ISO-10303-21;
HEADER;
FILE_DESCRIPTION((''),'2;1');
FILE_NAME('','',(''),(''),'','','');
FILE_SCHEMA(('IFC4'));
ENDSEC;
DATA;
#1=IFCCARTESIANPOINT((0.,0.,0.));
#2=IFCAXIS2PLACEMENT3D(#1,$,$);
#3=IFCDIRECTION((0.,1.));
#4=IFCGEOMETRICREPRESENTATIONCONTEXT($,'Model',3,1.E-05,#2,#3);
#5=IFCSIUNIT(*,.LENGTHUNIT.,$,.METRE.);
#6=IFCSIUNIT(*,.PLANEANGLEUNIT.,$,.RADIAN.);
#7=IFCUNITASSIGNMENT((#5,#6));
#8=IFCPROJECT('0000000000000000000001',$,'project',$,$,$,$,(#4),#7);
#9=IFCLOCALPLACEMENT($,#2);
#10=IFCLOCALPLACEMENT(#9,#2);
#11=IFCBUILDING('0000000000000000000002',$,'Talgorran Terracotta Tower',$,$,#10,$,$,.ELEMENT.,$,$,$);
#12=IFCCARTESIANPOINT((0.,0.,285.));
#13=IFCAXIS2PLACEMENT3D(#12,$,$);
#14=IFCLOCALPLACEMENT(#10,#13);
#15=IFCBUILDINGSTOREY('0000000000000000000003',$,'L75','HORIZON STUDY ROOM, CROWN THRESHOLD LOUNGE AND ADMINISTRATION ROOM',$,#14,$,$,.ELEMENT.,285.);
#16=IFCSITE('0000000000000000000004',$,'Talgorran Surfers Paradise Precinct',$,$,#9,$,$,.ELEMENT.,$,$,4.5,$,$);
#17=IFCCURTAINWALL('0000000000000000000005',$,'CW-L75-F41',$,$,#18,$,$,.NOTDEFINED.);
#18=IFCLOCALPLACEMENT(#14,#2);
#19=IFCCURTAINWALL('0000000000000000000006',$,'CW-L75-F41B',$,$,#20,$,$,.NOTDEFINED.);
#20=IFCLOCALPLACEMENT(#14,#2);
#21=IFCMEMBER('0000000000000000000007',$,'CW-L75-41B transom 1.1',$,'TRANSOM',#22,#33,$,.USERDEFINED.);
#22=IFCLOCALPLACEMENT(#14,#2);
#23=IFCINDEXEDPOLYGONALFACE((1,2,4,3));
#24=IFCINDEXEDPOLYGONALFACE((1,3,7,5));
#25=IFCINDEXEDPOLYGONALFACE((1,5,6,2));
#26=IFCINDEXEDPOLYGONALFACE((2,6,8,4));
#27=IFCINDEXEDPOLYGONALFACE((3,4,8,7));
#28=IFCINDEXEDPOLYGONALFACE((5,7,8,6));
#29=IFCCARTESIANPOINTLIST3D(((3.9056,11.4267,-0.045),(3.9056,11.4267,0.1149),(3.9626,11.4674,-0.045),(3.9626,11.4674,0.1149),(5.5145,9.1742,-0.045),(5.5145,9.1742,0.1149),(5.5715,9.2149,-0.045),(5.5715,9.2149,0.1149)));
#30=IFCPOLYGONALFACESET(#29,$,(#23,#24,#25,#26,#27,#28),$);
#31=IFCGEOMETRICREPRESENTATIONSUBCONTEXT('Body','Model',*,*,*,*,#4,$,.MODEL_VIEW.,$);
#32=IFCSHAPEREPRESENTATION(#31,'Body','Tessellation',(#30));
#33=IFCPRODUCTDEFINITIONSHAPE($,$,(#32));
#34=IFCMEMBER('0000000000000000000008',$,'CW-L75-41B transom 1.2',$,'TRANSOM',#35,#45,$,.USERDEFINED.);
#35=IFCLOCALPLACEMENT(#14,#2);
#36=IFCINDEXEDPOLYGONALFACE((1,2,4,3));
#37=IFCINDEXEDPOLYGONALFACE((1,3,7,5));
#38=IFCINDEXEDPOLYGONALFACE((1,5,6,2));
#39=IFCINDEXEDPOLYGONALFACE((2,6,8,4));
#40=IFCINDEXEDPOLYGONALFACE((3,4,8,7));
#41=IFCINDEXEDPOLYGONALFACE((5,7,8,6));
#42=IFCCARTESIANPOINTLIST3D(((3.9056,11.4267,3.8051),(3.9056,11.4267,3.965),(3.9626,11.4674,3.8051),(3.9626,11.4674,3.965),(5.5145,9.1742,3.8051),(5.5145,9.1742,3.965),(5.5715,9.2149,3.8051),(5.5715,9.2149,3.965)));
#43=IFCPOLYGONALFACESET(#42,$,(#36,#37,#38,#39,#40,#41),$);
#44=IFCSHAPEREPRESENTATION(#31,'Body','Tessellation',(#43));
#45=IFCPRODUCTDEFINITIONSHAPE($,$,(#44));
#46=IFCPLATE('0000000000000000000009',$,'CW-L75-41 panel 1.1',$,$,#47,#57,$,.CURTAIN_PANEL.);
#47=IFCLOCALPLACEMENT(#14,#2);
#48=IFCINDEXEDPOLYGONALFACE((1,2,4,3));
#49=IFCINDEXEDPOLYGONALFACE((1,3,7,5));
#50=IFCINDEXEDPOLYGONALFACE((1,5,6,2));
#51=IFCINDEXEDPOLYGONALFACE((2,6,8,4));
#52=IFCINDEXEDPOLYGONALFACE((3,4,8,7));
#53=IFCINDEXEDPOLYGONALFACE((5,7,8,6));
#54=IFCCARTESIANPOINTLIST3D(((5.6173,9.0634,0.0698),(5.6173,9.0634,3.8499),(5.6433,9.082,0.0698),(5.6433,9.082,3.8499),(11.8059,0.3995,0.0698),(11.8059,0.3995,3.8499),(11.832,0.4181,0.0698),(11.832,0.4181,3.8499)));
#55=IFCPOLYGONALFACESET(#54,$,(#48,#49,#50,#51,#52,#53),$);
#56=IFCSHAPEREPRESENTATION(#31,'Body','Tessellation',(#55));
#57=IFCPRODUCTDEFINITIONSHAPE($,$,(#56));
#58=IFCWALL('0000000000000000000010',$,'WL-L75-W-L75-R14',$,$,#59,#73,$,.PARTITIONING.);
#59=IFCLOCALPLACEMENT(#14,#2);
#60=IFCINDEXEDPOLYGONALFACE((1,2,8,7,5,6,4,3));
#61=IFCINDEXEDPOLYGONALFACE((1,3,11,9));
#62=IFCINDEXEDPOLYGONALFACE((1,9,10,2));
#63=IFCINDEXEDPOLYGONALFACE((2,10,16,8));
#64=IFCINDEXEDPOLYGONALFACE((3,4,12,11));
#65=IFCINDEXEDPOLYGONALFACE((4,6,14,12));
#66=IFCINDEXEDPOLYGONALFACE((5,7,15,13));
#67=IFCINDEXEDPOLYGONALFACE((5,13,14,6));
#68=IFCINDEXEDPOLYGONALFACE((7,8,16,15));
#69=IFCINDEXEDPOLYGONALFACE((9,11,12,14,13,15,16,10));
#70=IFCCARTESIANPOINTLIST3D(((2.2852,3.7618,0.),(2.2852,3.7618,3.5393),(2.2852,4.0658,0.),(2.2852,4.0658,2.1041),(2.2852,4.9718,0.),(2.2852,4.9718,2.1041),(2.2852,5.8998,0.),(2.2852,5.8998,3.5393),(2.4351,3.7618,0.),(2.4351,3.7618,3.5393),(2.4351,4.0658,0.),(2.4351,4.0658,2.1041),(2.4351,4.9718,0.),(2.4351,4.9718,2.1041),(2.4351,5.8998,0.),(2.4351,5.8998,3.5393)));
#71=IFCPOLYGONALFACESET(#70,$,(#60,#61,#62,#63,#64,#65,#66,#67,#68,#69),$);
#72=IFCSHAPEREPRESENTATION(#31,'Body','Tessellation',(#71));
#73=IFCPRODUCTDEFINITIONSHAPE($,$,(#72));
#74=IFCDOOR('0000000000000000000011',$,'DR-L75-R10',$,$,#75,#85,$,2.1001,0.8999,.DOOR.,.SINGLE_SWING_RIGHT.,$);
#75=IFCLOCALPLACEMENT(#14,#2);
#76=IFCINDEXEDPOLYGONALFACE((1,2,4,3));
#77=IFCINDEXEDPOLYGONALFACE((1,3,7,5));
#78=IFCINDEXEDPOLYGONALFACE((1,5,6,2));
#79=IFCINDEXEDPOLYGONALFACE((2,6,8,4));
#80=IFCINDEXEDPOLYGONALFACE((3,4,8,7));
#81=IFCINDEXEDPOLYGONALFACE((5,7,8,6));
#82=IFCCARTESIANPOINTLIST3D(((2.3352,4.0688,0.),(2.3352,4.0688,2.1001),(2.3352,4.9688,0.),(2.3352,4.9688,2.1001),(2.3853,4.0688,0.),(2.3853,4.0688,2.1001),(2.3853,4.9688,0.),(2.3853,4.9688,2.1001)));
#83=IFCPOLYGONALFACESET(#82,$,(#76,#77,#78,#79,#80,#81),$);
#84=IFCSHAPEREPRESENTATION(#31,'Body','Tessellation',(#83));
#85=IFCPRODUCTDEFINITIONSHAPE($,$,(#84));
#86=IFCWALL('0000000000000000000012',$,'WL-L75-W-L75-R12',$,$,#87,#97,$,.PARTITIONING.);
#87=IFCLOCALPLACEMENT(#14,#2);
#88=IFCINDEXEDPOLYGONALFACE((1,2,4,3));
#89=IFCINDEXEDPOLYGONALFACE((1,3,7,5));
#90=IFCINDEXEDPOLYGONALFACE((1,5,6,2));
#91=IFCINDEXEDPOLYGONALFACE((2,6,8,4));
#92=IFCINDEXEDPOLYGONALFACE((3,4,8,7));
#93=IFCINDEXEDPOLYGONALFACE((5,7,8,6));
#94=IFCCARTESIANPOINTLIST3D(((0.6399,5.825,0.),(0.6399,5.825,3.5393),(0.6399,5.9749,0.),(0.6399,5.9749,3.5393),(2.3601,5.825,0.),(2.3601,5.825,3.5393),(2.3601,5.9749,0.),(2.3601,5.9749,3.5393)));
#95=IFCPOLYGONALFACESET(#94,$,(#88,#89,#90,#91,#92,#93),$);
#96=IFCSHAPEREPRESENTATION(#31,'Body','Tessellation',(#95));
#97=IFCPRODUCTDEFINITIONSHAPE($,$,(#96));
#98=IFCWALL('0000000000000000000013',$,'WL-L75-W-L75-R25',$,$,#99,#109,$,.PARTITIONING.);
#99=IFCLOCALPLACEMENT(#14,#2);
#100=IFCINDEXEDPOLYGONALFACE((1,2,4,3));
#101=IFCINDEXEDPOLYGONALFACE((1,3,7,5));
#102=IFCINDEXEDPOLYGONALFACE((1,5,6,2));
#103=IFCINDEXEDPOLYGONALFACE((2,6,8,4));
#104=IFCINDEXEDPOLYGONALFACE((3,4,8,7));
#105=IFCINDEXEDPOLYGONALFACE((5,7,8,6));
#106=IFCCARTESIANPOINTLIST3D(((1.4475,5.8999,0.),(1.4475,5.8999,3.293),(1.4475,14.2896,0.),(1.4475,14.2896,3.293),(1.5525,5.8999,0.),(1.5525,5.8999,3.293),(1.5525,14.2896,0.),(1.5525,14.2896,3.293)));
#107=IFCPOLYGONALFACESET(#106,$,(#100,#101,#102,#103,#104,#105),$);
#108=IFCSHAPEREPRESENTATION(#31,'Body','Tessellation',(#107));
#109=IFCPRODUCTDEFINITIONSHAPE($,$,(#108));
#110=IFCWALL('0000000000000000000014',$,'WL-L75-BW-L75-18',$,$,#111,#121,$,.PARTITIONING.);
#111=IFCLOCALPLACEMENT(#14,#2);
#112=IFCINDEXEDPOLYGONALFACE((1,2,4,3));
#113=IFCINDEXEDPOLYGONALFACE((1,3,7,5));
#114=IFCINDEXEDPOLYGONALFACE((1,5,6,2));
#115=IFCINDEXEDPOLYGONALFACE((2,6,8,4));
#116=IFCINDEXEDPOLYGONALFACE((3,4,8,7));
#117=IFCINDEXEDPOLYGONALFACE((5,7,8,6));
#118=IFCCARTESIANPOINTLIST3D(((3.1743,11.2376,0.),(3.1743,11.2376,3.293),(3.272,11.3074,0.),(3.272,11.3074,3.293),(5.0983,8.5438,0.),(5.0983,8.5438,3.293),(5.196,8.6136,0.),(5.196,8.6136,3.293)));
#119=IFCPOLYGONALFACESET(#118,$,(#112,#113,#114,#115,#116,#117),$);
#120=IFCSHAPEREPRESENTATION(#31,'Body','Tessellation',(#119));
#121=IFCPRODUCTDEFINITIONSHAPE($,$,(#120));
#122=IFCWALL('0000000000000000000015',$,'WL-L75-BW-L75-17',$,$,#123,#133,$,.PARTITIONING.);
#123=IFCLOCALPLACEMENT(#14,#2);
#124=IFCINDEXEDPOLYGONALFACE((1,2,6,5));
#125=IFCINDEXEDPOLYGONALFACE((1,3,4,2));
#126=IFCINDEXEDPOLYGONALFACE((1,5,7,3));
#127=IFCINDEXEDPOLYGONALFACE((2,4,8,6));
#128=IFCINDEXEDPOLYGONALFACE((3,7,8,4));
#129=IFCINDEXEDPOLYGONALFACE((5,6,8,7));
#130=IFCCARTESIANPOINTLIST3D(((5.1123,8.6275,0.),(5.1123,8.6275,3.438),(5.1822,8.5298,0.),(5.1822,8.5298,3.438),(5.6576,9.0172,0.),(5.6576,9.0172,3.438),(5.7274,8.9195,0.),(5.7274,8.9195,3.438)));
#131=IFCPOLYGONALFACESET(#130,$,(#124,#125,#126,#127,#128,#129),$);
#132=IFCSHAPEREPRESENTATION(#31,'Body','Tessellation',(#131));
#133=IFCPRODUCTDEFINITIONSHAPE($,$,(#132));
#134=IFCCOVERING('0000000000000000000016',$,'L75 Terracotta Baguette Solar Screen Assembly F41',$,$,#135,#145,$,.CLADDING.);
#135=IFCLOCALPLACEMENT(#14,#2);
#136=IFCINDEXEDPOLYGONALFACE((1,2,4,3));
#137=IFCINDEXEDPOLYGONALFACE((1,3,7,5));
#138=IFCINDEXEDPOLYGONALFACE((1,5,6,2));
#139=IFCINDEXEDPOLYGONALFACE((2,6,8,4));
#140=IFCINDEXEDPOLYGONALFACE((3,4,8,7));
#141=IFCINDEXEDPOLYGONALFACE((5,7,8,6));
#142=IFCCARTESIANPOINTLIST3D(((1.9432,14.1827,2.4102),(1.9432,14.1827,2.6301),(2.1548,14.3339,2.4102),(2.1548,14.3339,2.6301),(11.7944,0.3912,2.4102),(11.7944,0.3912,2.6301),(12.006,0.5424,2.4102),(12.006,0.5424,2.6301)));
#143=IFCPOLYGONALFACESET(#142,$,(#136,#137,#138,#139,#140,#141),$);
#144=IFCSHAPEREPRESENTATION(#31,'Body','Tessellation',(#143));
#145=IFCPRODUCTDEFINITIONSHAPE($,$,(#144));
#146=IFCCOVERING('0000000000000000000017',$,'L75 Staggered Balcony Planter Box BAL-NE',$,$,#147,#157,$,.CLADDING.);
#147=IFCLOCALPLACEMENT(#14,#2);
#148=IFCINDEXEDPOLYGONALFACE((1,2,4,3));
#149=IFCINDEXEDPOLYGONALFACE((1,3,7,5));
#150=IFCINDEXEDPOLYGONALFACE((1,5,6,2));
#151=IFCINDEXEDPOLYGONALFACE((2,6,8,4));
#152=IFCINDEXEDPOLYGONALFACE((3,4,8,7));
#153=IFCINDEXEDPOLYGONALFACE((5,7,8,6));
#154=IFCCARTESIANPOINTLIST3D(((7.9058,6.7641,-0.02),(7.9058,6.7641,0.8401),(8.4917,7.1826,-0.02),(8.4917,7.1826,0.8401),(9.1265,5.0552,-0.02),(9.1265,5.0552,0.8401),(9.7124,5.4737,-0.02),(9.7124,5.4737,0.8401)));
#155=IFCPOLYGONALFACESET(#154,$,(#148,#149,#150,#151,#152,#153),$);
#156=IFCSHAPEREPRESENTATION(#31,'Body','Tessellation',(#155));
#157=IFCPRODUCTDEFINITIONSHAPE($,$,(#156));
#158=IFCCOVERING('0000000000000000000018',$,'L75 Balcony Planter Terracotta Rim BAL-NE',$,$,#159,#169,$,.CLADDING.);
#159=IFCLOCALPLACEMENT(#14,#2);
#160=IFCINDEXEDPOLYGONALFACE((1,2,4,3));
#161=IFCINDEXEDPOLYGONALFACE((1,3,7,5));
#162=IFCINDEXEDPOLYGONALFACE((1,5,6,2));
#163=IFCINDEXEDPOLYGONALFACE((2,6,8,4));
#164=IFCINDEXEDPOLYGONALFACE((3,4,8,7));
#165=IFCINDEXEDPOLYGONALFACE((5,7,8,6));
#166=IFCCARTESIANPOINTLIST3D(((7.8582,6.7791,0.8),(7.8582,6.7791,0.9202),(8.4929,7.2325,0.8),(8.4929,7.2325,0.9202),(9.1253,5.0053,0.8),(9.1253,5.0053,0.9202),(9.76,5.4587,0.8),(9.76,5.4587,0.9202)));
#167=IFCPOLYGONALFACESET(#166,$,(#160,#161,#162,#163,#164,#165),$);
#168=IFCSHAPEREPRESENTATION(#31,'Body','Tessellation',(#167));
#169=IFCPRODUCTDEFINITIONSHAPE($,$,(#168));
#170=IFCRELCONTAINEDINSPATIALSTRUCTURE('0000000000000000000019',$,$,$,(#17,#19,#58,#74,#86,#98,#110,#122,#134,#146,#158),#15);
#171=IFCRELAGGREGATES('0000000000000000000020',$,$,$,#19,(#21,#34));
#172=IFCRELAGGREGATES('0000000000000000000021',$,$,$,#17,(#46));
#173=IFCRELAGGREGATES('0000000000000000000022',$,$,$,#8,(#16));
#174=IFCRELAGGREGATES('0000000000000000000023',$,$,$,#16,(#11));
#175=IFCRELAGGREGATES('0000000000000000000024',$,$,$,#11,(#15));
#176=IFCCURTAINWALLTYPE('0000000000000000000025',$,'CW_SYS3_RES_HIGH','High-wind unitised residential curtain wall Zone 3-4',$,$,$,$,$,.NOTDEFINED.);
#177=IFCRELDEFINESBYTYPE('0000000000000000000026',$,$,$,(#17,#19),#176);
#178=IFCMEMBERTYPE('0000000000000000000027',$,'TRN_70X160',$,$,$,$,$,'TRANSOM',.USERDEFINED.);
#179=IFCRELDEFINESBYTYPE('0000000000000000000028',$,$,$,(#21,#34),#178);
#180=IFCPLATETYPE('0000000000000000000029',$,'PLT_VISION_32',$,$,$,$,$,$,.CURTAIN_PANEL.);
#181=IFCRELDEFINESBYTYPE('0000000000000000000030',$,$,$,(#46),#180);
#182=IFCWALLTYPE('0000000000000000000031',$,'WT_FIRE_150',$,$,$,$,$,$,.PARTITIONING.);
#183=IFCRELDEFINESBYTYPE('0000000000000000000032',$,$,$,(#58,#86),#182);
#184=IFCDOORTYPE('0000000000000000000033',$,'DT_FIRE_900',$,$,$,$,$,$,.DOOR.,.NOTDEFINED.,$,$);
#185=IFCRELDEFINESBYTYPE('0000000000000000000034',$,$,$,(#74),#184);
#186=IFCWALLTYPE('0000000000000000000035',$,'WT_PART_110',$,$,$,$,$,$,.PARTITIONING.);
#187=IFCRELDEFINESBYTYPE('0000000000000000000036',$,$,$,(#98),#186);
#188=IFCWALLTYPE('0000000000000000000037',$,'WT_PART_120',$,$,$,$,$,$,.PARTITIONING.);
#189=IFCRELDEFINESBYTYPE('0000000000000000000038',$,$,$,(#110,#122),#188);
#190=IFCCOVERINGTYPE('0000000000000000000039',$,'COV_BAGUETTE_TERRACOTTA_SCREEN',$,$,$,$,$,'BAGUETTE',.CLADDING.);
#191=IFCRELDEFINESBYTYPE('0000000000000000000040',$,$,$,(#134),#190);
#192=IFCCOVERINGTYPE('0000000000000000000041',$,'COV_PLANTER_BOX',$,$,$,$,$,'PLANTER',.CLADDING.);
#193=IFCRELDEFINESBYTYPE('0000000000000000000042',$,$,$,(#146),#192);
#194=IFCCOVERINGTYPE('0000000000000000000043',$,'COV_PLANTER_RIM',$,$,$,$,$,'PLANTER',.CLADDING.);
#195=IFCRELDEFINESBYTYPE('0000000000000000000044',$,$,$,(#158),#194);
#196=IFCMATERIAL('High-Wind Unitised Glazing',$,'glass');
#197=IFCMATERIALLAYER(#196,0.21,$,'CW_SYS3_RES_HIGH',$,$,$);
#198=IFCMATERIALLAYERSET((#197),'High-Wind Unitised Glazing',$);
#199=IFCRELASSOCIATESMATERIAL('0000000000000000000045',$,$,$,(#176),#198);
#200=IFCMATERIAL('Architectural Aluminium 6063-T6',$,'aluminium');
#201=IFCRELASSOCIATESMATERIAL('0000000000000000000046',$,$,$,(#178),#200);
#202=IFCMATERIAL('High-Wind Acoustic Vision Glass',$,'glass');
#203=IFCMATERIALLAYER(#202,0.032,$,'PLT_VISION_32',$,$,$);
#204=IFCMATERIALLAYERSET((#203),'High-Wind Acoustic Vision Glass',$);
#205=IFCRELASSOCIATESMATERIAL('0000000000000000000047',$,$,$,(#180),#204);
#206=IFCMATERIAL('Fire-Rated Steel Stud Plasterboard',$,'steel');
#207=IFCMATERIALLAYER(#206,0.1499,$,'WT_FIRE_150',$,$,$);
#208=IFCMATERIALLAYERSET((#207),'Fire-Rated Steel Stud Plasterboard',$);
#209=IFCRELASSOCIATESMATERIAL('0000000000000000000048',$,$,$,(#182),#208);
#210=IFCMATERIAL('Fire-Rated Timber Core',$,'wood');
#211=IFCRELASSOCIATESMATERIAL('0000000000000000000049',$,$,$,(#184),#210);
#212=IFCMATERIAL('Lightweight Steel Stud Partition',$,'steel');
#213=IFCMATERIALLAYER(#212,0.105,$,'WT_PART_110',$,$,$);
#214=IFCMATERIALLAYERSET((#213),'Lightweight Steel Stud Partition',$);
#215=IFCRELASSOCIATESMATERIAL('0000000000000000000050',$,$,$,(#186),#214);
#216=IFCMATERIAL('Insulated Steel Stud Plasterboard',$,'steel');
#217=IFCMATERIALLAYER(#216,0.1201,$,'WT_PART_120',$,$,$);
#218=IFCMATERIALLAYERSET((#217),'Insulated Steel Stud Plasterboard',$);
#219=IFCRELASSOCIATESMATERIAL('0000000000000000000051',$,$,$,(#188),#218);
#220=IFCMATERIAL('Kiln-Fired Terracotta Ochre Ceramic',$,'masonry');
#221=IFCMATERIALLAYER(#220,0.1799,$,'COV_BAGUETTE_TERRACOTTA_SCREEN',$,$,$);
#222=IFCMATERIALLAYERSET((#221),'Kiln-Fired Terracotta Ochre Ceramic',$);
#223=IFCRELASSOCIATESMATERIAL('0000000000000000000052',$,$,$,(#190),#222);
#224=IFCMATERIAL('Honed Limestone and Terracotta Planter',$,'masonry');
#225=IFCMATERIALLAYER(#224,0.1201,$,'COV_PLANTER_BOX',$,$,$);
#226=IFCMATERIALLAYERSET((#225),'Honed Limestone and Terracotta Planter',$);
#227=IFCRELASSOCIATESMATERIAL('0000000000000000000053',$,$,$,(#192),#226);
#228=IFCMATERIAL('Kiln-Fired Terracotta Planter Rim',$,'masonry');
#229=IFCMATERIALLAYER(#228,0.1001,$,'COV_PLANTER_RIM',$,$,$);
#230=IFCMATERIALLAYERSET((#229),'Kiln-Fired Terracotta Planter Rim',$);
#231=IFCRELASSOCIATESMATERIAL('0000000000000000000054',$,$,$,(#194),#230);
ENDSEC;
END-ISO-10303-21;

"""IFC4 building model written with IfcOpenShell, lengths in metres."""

from ifc_helpers import new_model, si_unit, direction, frame, frame_2d, origin, origin_2d, place, context, subcontext, project, spatial, rectangle, extrude, source, transform, mapped, material, layer, layer_set, material_profile, profile_set, type_object, type_shapes, element, fill, aggregate, save


model = new_model("IFC4")

# Units and contexts
model_context = context("Model", 3, precision=1e-05, world=origin(), true_north=direction((0.0, 1.0)))
body_context = subcontext(model_context, "Body", "Model", "MODEL_VIEW")
ifc_project = project(units=[si_unit("LENGTHUNIT", "METRE"), si_unit("PLANEANGLEUNIT", "RADIAN")], contexts=[model_context])

# Site, building, storey
site_placement = place(None, origin())
site = spatial("IfcSite", under=ifc_project, at=site_placement, Name="Talgorran Surfers Paradise Precinct", CompositionType="ELEMENT", RefElevation=4.5)
building_placement = place(site_placement, origin())
building = spatial("IfcBuilding", under=site, at=building_placement, Name="Talgorran Terracotta Tower", CompositionType="ELEMENT")
storey_placement = place(building_placement, frame((0.0, 0.0, 285.0)))
storey = spatial("IfcBuildingStorey", under=building, at=storey_placement, Name="L75", Description="HORIZON STUDY ROOM, CROWN THRESHOLD LOUNGE AND ADMINISTRATION ROOM", CompositionType="ELEMENT", Elevation=285.0)

# Curtain wall
ifc_material_1 = material(Name="High-Wind Unitised Glazing", Category="glass")
ifc_layer_1 = layer(ifc_material_1, 0.21, Name="CW_SYS3_RES_HIGH")
ifc_layer_set_1 = layer_set([ifc_layer_1], Name="High-Wind Unitised Glazing")
curtain_wall_type = type_object("IfcCurtainWallType", Name="CW_SYS3_RES_HIGH", Description="High-wind unitised residential curtain wall Zone 3-4", PredefinedType="NOTDEFINED", material=ifc_layer_set_1)
curtain_wall_1_placement = place(storey_placement, origin())
curtain_wall_1 = element("IfcCurtainWall", 1, at=curtain_wall_1_placement, inside=storey, type_object=curtain_wall_type, Name="CW-L75-F41", PredefinedType="NOTDEFINED")
ifc_material_2 = material(Name="Architectural Aluminium 6063-T6", Category="aluminium")

# Curtain wall, members
curtain_wall_2_placement = place(storey_placement, origin())
curtain_wall_2 = element("IfcCurtainWall", 2, at=curtain_wall_2_placement, inside=storey, type_object=curtain_wall_type, Name="CW-L75-F41B", PredefinedType="NOTDEFINED")
ifc_material_profile_1 = material_profile(ifc_material_2, rectangle(XDim=0.0701, YDim=0.1599, at=origin_2d()), Name="CWT70X160")
ifc_profile_set_1 = profile_set([ifc_material_profile_1], Name="Architectural Aluminium 6063-T6")
member_type_1 = type_object("IfcMemberType", Name="TRN_70X160", ElementType="TRANSOM", PredefinedType="USERDEFINED", material=ifc_profile_set_1)
member_1_placement = place(storey_placement, frame((5.543, 9.1946, 0.0349), z_axis=(-0.581238, 0.813733, 0.0), x_axis=(-0.813733, -0.581238, 0.0)))
member_1 = element("IfcMember", 3, at=member_1_placement, type_object=member_type_1, Name="CW-L75-41B transom 1.1", ObjectType="TRANSOM", PredefinedType="USERDEFINED", context=body_context, shape_type="SweptSolid", body=[
    extrude(rectangle(XDim=0.0701, YDim=0.1599, at=origin_2d()), origin(), (0.0, 0.0, 1.0), 2.7681),
])
member_2_placement = place(storey_placement, frame((5.543, 9.1946, 3.885), z_axis=(-0.581238, 0.813733, 0.0), x_axis=(-0.813733, -0.581238, 0.0)))
member_2 = element("IfcMember", 4, at=member_2_placement, type_object=member_type_1, Name="CW-L75-41B transom 1.2", ObjectType="TRANSOM", PredefinedType="USERDEFINED", context=body_context, shape_type="SweptSolid", body=[
    extrude(rectangle(XDim=0.0701, YDim=0.1599, at=origin_2d()), origin(), (0.0, 0.0, 1.0), 2.7681),
])
aggregate(curtain_wall_2, [member_1, member_2])

# Plate
ifc_material_3 = material(Name="High-Wind Acoustic Vision Glass", Category="glass")
ifc_layer_2 = layer(ifc_material_3, 0.032, Name="PLT_VISION_32")
ifc_layer_set_2 = layer_set([ifc_layer_2], Name="High-Wind Acoustic Vision Glass")
plate_type = type_object("IfcPlateType", Name="PLT_VISION_32", PredefinedType="CURTAIN_PANEL", material=ifc_layer_set_2)
shared_shape = source(origin(), body_context, "Body", "SweptSolid", [
    extrude(rectangle(XDim=10.6472, YDim=0.032, at=origin_2d()), origin(), (0.0, 0.0, 1.0), 3.78),
])
type_shapes(plate_type, [shared_shape])
plate_placement = place(storey_placement, frame((8.7246, 4.7407, 0.0698), z_axis=(0.0, 0.0, 1.0), x_axis=(-0.581249, 0.813726, 0.0)))
plate = element("IfcPlate", 5, at=plate_placement, type_object=plate_type, Name="CW-L75-41 panel 1.1", PredefinedType="CURTAIN_PANEL", context=body_context, shape_type="MappedRepresentation", body=[
    mapped(shared_shape, transform((0.0, 0.0, 0.0), scale=1.0)),
])
aggregate(curtain_wall_1, [plate])

# Wall, opening, door
ifc_material_4 = material(Name="Fire-Rated Steel Stud Plasterboard", Category="steel")
ifc_layer_3 = layer(ifc_material_4, 0.1499, Name="WT_FIRE_150")
ifc_layer_set_3 = layer_set([ifc_layer_3], Name="Fire-Rated Steel Stud Plasterboard")
wall_type_1 = type_object("IfcWallType", Name="WT_FIRE_150", PredefinedType="PARTITIONING", material=ifc_layer_set_3)
wall_1_placement = place(storey_placement, frame((2.3601, 3.762, 0.0), z_axis=(0.0, 0.0, 1.0), x_axis=(0.0, 1.0, 0.0)))
wall_1 = element("IfcWall", 6, at=wall_1_placement, inside=storey, type_object=wall_type_1, Name="WL-L75-W-L75-R14", PredefinedType="PARTITIONING", context=body_context, shape_type="SweptSolid", body=[
    extrude(rectangle(XDim=2.1379, YDim=0.1499, at=frame_2d((1.0688, 0.0))), origin(), (0.0, 0.0, 1.0), 3.5393),
])
opening_placement = place(wall_1_placement, frame((0.3069, 0.0, 0.0)))
opening = element("IfcOpeningElement", 7, at=opening_placement, cuts=wall_1, PredefinedType="OPENING", context=body_context, shape_type="SweptSolid", body=[
    extrude(rectangle(XDim=0.9059, YDim=2.1041, at=frame_2d((0.45, 1.052))), frame((0.0, 0.085, 0.0), z_axis=(0.0, -1.0, 0.0), x_axis=(1.0, 0.0, 0.0)), (0.0, 0.0, 1.0), 0.1699),
])
ifc_material_5 = material(Name="Fire-Rated Timber Core", Category="wood")
door_type = type_object("IfcDoorType", Name="DT_FIRE_900", OperationType="NOTDEFINED", PredefinedType="DOOR", material=ifc_material_5)
door_placement = place(opening_placement, origin())
door = element("IfcDoor", 8, at=door_placement, inside=storey, type_object=door_type, Name="DR-L75-R10", OperationType="SINGLE_SWING_RIGHT", OverallHeight=2.1001, OverallWidth=0.8999, PredefinedType="DOOR", context=body_context, shape_type="SweptSolid", body=[
    extrude(rectangle(XDim=0.8999, YDim=2.1001, at=frame_2d((0.45, 1.05))), frame((0.0, 0.0249, 0.0), z_axis=(0.0, -1.0, 0.0), x_axis=(1.0, 0.0, 0.0)), (0.0, 0.0, 1.0), 0.05),
])
fill(opening, door)

# Walls
wall_2_placement = place(storey_placement, frame((0.6399, 5.8999, 0.0), z_axis=(0.0, 0.0, 1.0), x_axis=(1.0, 0.0, 0.0)))
element("IfcWall", 9, at=wall_2_placement, inside=storey, type_object=wall_type_1, Name="WL-L75-W-L75-R12", PredefinedType="PARTITIONING", context=body_context, shape_type="SweptSolid", body=[
    extrude(rectangle(XDim=1.7202, YDim=0.1499, at=frame_2d((0.8601, 0.0))), origin(), (0.0, 0.0, 1.0), 3.5393),
])
ifc_material_6 = material(Name="Lightweight Steel Stud Partition", Category="steel")
ifc_layer_4 = layer(ifc_material_6, 0.105, Name="WT_PART_110")
ifc_layer_set_4 = layer_set([ifc_layer_4], Name="Lightweight Steel Stud Partition")
wall_type_2 = type_object("IfcWallType", Name="WT_PART_110", PredefinedType="PARTITIONING", material=ifc_layer_set_4)
wall_3_placement = place(storey_placement, frame((1.5, 5.8999, 0.0), z_axis=(0.0, 0.0, 1.0), x_axis=(0.0, 1.0, 0.0)))
element("IfcWall", 10, at=wall_3_placement, inside=storey, type_object=wall_type_2, Name="WL-L75-W-L75-R25", PredefinedType="PARTITIONING", context=body_context, shape_type="SweptSolid", body=[
    extrude(rectangle(XDim=8.3896, YDim=0.105, at=frame_2d((4.1948, 0.0))), origin(), (0.0, 0.0, 1.0), 3.293),
])
ifc_material_7 = material(Name="Insulated Steel Stud Plasterboard", Category="steel")
ifc_layer_5 = layer(ifc_material_7, 0.1201, Name="WT_PART_120")
ifc_layer_set_5 = layer_set([ifc_layer_5], Name="Insulated Steel Stud Plasterboard")
wall_type_3 = type_object("IfcWallType", Name="WT_PART_120", PredefinedType="PARTITIONING", material=ifc_layer_set_5)
wall_4_placement = place(storey_placement, frame((5.1472, 8.5786, 0.0), z_axis=(0.0, 0.0, 1.0), x_axis=(-0.581217, 0.813748, 0.0)))
element("IfcWall", 11, at=wall_4_placement, inside=storey, type_object=wall_type_3, Name="WL-L75-BW-L75-18", PredefinedType="PARTITIONING", context=body_context, shape_type="SweptSolid", body=[
    extrude(rectangle(XDim=3.3103, YDim=0.1201, at=frame_2d((1.6553, 0.0))), origin(), (0.0, 0.0, 1.0), 3.293),
])
wall_5_placement = place(storey_placement, frame((5.6924, 8.9683, 0.0), z_axis=(0.0, 0.0, 1.0), x_axis=(-0.813561, -0.581479, 0.0)))
element("IfcWall", 12, at=wall_5_placement, inside=storey, type_object=wall_type_3, Name="WL-L75-BW-L75-17", PredefinedType="PARTITIONING", context=body_context, shape_type="SweptSolid", body=[
    extrude(rectangle(XDim=0.6702, YDim=0.1201, at=frame_2d((0.335, 0.0))), origin(), (0.0, 0.0, 1.0), 3.438),
])

# Coverings
ifc_material_8 = material(Name="Kiln-Fired Terracotta Ochre Ceramic", Category="masonry")
ifc_layer_6 = layer(ifc_material_8, 0.1799, Name="COV_BAGUETTE_TERRACOTTA_SCREEN")
ifc_layer_set_6 = layer_set([ifc_layer_6], Name="Kiln-Fired Terracotta Ochre Ceramic")
covering_type_1 = type_object("IfcCoveringType", Name="COV_BAGUETTE_TERRACOTTA_SCREEN", ElementType="BAGUETTE", PredefinedType="CLADDING", material=ifc_layer_set_6)
covering_1_placement = place(storey_placement, frame((6.9746, 7.3625, 2.4102), z_axis=(0.0, 0.0, 1.0), x_axis=(-0.581243, 0.81373, 0.0)))
element("IfcCovering", 13, at=covering_1_placement, inside=storey, type_object=covering_type_1, Name="L75 Terracotta Baguette Solar Screen Assembly F41", PredefinedType="CLADDING", context=body_context, shape_type="SweptSolid", body=[
    extrude(rectangle(XDim=16.9485, YDim=0.26, at=origin_2d()), origin(), (0.0, 0.0, 1.0), 0.22),
])
ifc_material_9 = material(Name="Honed Limestone and Terracotta Planter", Category="masonry")
ifc_layer_7 = layer(ifc_material_9, 0.1201, Name="COV_PLANTER_BOX")
ifc_layer_set_7 = layer_set([ifc_layer_7], Name="Honed Limestone and Terracotta Planter")
covering_type_2 = type_object("IfcCoveringType", Name="COV_PLANTER_BOX", ElementType="PLANTER", PredefinedType="CLADDING", material=ifc_layer_set_7)
covering_2_placement = place(storey_placement, frame((8.8091, 6.1189, -0.02), z_axis=(0.0, 0.0, 1.0), x_axis=(-0.581257, 0.81372, 0.0)))
element("IfcCovering", 14, at=covering_2_placement, inside=storey, type_object=covering_type_2, Name="L75 Staggered Balcony Planter Box BAL-NE", PredefinedType="CLADDING", context=body_context, shape_type="SweptSolid", body=[
    extrude(rectangle(XDim=2.1001, YDim=0.72, at=origin_2d()), origin(), (0.0, 0.0, 1.0), 0.8601),
])
ifc_material_10 = material(Name="Kiln-Fired Terracotta Planter Rim", Category="masonry")
ifc_layer_8 = layer(ifc_material_10, 0.1001, Name="COV_PLANTER_RIM")
ifc_layer_set_8 = layer_set([ifc_layer_8], Name="Kiln-Fired Terracotta Planter Rim")
covering_type_3 = type_object("IfcCoveringType", Name="COV_PLANTER_RIM", ElementType="PLANTER", PredefinedType="CLADDING", material=ifc_layer_set_8)
covering_3_placement = place(storey_placement, frame((8.8091, 6.1189, 0.8), z_axis=(0.0, 0.0, 1.0), x_axis=(-0.581257, 0.81372, 0.0)))
element("IfcCovering", 15, at=covering_3_placement, inside=storey, type_object=covering_type_3, Name="L75 Balcony Planter Terracotta Rim BAL-NE", PredefinedType="CLADDING", context=body_context, shape_type="SweptSolid", body=[
    extrude(rectangle(XDim=2.1799, YDim=0.78, at=origin_2d()), origin(), (0.0, 0.0, 1.0), 0.1201),
])

save(model, "model.ifc")
